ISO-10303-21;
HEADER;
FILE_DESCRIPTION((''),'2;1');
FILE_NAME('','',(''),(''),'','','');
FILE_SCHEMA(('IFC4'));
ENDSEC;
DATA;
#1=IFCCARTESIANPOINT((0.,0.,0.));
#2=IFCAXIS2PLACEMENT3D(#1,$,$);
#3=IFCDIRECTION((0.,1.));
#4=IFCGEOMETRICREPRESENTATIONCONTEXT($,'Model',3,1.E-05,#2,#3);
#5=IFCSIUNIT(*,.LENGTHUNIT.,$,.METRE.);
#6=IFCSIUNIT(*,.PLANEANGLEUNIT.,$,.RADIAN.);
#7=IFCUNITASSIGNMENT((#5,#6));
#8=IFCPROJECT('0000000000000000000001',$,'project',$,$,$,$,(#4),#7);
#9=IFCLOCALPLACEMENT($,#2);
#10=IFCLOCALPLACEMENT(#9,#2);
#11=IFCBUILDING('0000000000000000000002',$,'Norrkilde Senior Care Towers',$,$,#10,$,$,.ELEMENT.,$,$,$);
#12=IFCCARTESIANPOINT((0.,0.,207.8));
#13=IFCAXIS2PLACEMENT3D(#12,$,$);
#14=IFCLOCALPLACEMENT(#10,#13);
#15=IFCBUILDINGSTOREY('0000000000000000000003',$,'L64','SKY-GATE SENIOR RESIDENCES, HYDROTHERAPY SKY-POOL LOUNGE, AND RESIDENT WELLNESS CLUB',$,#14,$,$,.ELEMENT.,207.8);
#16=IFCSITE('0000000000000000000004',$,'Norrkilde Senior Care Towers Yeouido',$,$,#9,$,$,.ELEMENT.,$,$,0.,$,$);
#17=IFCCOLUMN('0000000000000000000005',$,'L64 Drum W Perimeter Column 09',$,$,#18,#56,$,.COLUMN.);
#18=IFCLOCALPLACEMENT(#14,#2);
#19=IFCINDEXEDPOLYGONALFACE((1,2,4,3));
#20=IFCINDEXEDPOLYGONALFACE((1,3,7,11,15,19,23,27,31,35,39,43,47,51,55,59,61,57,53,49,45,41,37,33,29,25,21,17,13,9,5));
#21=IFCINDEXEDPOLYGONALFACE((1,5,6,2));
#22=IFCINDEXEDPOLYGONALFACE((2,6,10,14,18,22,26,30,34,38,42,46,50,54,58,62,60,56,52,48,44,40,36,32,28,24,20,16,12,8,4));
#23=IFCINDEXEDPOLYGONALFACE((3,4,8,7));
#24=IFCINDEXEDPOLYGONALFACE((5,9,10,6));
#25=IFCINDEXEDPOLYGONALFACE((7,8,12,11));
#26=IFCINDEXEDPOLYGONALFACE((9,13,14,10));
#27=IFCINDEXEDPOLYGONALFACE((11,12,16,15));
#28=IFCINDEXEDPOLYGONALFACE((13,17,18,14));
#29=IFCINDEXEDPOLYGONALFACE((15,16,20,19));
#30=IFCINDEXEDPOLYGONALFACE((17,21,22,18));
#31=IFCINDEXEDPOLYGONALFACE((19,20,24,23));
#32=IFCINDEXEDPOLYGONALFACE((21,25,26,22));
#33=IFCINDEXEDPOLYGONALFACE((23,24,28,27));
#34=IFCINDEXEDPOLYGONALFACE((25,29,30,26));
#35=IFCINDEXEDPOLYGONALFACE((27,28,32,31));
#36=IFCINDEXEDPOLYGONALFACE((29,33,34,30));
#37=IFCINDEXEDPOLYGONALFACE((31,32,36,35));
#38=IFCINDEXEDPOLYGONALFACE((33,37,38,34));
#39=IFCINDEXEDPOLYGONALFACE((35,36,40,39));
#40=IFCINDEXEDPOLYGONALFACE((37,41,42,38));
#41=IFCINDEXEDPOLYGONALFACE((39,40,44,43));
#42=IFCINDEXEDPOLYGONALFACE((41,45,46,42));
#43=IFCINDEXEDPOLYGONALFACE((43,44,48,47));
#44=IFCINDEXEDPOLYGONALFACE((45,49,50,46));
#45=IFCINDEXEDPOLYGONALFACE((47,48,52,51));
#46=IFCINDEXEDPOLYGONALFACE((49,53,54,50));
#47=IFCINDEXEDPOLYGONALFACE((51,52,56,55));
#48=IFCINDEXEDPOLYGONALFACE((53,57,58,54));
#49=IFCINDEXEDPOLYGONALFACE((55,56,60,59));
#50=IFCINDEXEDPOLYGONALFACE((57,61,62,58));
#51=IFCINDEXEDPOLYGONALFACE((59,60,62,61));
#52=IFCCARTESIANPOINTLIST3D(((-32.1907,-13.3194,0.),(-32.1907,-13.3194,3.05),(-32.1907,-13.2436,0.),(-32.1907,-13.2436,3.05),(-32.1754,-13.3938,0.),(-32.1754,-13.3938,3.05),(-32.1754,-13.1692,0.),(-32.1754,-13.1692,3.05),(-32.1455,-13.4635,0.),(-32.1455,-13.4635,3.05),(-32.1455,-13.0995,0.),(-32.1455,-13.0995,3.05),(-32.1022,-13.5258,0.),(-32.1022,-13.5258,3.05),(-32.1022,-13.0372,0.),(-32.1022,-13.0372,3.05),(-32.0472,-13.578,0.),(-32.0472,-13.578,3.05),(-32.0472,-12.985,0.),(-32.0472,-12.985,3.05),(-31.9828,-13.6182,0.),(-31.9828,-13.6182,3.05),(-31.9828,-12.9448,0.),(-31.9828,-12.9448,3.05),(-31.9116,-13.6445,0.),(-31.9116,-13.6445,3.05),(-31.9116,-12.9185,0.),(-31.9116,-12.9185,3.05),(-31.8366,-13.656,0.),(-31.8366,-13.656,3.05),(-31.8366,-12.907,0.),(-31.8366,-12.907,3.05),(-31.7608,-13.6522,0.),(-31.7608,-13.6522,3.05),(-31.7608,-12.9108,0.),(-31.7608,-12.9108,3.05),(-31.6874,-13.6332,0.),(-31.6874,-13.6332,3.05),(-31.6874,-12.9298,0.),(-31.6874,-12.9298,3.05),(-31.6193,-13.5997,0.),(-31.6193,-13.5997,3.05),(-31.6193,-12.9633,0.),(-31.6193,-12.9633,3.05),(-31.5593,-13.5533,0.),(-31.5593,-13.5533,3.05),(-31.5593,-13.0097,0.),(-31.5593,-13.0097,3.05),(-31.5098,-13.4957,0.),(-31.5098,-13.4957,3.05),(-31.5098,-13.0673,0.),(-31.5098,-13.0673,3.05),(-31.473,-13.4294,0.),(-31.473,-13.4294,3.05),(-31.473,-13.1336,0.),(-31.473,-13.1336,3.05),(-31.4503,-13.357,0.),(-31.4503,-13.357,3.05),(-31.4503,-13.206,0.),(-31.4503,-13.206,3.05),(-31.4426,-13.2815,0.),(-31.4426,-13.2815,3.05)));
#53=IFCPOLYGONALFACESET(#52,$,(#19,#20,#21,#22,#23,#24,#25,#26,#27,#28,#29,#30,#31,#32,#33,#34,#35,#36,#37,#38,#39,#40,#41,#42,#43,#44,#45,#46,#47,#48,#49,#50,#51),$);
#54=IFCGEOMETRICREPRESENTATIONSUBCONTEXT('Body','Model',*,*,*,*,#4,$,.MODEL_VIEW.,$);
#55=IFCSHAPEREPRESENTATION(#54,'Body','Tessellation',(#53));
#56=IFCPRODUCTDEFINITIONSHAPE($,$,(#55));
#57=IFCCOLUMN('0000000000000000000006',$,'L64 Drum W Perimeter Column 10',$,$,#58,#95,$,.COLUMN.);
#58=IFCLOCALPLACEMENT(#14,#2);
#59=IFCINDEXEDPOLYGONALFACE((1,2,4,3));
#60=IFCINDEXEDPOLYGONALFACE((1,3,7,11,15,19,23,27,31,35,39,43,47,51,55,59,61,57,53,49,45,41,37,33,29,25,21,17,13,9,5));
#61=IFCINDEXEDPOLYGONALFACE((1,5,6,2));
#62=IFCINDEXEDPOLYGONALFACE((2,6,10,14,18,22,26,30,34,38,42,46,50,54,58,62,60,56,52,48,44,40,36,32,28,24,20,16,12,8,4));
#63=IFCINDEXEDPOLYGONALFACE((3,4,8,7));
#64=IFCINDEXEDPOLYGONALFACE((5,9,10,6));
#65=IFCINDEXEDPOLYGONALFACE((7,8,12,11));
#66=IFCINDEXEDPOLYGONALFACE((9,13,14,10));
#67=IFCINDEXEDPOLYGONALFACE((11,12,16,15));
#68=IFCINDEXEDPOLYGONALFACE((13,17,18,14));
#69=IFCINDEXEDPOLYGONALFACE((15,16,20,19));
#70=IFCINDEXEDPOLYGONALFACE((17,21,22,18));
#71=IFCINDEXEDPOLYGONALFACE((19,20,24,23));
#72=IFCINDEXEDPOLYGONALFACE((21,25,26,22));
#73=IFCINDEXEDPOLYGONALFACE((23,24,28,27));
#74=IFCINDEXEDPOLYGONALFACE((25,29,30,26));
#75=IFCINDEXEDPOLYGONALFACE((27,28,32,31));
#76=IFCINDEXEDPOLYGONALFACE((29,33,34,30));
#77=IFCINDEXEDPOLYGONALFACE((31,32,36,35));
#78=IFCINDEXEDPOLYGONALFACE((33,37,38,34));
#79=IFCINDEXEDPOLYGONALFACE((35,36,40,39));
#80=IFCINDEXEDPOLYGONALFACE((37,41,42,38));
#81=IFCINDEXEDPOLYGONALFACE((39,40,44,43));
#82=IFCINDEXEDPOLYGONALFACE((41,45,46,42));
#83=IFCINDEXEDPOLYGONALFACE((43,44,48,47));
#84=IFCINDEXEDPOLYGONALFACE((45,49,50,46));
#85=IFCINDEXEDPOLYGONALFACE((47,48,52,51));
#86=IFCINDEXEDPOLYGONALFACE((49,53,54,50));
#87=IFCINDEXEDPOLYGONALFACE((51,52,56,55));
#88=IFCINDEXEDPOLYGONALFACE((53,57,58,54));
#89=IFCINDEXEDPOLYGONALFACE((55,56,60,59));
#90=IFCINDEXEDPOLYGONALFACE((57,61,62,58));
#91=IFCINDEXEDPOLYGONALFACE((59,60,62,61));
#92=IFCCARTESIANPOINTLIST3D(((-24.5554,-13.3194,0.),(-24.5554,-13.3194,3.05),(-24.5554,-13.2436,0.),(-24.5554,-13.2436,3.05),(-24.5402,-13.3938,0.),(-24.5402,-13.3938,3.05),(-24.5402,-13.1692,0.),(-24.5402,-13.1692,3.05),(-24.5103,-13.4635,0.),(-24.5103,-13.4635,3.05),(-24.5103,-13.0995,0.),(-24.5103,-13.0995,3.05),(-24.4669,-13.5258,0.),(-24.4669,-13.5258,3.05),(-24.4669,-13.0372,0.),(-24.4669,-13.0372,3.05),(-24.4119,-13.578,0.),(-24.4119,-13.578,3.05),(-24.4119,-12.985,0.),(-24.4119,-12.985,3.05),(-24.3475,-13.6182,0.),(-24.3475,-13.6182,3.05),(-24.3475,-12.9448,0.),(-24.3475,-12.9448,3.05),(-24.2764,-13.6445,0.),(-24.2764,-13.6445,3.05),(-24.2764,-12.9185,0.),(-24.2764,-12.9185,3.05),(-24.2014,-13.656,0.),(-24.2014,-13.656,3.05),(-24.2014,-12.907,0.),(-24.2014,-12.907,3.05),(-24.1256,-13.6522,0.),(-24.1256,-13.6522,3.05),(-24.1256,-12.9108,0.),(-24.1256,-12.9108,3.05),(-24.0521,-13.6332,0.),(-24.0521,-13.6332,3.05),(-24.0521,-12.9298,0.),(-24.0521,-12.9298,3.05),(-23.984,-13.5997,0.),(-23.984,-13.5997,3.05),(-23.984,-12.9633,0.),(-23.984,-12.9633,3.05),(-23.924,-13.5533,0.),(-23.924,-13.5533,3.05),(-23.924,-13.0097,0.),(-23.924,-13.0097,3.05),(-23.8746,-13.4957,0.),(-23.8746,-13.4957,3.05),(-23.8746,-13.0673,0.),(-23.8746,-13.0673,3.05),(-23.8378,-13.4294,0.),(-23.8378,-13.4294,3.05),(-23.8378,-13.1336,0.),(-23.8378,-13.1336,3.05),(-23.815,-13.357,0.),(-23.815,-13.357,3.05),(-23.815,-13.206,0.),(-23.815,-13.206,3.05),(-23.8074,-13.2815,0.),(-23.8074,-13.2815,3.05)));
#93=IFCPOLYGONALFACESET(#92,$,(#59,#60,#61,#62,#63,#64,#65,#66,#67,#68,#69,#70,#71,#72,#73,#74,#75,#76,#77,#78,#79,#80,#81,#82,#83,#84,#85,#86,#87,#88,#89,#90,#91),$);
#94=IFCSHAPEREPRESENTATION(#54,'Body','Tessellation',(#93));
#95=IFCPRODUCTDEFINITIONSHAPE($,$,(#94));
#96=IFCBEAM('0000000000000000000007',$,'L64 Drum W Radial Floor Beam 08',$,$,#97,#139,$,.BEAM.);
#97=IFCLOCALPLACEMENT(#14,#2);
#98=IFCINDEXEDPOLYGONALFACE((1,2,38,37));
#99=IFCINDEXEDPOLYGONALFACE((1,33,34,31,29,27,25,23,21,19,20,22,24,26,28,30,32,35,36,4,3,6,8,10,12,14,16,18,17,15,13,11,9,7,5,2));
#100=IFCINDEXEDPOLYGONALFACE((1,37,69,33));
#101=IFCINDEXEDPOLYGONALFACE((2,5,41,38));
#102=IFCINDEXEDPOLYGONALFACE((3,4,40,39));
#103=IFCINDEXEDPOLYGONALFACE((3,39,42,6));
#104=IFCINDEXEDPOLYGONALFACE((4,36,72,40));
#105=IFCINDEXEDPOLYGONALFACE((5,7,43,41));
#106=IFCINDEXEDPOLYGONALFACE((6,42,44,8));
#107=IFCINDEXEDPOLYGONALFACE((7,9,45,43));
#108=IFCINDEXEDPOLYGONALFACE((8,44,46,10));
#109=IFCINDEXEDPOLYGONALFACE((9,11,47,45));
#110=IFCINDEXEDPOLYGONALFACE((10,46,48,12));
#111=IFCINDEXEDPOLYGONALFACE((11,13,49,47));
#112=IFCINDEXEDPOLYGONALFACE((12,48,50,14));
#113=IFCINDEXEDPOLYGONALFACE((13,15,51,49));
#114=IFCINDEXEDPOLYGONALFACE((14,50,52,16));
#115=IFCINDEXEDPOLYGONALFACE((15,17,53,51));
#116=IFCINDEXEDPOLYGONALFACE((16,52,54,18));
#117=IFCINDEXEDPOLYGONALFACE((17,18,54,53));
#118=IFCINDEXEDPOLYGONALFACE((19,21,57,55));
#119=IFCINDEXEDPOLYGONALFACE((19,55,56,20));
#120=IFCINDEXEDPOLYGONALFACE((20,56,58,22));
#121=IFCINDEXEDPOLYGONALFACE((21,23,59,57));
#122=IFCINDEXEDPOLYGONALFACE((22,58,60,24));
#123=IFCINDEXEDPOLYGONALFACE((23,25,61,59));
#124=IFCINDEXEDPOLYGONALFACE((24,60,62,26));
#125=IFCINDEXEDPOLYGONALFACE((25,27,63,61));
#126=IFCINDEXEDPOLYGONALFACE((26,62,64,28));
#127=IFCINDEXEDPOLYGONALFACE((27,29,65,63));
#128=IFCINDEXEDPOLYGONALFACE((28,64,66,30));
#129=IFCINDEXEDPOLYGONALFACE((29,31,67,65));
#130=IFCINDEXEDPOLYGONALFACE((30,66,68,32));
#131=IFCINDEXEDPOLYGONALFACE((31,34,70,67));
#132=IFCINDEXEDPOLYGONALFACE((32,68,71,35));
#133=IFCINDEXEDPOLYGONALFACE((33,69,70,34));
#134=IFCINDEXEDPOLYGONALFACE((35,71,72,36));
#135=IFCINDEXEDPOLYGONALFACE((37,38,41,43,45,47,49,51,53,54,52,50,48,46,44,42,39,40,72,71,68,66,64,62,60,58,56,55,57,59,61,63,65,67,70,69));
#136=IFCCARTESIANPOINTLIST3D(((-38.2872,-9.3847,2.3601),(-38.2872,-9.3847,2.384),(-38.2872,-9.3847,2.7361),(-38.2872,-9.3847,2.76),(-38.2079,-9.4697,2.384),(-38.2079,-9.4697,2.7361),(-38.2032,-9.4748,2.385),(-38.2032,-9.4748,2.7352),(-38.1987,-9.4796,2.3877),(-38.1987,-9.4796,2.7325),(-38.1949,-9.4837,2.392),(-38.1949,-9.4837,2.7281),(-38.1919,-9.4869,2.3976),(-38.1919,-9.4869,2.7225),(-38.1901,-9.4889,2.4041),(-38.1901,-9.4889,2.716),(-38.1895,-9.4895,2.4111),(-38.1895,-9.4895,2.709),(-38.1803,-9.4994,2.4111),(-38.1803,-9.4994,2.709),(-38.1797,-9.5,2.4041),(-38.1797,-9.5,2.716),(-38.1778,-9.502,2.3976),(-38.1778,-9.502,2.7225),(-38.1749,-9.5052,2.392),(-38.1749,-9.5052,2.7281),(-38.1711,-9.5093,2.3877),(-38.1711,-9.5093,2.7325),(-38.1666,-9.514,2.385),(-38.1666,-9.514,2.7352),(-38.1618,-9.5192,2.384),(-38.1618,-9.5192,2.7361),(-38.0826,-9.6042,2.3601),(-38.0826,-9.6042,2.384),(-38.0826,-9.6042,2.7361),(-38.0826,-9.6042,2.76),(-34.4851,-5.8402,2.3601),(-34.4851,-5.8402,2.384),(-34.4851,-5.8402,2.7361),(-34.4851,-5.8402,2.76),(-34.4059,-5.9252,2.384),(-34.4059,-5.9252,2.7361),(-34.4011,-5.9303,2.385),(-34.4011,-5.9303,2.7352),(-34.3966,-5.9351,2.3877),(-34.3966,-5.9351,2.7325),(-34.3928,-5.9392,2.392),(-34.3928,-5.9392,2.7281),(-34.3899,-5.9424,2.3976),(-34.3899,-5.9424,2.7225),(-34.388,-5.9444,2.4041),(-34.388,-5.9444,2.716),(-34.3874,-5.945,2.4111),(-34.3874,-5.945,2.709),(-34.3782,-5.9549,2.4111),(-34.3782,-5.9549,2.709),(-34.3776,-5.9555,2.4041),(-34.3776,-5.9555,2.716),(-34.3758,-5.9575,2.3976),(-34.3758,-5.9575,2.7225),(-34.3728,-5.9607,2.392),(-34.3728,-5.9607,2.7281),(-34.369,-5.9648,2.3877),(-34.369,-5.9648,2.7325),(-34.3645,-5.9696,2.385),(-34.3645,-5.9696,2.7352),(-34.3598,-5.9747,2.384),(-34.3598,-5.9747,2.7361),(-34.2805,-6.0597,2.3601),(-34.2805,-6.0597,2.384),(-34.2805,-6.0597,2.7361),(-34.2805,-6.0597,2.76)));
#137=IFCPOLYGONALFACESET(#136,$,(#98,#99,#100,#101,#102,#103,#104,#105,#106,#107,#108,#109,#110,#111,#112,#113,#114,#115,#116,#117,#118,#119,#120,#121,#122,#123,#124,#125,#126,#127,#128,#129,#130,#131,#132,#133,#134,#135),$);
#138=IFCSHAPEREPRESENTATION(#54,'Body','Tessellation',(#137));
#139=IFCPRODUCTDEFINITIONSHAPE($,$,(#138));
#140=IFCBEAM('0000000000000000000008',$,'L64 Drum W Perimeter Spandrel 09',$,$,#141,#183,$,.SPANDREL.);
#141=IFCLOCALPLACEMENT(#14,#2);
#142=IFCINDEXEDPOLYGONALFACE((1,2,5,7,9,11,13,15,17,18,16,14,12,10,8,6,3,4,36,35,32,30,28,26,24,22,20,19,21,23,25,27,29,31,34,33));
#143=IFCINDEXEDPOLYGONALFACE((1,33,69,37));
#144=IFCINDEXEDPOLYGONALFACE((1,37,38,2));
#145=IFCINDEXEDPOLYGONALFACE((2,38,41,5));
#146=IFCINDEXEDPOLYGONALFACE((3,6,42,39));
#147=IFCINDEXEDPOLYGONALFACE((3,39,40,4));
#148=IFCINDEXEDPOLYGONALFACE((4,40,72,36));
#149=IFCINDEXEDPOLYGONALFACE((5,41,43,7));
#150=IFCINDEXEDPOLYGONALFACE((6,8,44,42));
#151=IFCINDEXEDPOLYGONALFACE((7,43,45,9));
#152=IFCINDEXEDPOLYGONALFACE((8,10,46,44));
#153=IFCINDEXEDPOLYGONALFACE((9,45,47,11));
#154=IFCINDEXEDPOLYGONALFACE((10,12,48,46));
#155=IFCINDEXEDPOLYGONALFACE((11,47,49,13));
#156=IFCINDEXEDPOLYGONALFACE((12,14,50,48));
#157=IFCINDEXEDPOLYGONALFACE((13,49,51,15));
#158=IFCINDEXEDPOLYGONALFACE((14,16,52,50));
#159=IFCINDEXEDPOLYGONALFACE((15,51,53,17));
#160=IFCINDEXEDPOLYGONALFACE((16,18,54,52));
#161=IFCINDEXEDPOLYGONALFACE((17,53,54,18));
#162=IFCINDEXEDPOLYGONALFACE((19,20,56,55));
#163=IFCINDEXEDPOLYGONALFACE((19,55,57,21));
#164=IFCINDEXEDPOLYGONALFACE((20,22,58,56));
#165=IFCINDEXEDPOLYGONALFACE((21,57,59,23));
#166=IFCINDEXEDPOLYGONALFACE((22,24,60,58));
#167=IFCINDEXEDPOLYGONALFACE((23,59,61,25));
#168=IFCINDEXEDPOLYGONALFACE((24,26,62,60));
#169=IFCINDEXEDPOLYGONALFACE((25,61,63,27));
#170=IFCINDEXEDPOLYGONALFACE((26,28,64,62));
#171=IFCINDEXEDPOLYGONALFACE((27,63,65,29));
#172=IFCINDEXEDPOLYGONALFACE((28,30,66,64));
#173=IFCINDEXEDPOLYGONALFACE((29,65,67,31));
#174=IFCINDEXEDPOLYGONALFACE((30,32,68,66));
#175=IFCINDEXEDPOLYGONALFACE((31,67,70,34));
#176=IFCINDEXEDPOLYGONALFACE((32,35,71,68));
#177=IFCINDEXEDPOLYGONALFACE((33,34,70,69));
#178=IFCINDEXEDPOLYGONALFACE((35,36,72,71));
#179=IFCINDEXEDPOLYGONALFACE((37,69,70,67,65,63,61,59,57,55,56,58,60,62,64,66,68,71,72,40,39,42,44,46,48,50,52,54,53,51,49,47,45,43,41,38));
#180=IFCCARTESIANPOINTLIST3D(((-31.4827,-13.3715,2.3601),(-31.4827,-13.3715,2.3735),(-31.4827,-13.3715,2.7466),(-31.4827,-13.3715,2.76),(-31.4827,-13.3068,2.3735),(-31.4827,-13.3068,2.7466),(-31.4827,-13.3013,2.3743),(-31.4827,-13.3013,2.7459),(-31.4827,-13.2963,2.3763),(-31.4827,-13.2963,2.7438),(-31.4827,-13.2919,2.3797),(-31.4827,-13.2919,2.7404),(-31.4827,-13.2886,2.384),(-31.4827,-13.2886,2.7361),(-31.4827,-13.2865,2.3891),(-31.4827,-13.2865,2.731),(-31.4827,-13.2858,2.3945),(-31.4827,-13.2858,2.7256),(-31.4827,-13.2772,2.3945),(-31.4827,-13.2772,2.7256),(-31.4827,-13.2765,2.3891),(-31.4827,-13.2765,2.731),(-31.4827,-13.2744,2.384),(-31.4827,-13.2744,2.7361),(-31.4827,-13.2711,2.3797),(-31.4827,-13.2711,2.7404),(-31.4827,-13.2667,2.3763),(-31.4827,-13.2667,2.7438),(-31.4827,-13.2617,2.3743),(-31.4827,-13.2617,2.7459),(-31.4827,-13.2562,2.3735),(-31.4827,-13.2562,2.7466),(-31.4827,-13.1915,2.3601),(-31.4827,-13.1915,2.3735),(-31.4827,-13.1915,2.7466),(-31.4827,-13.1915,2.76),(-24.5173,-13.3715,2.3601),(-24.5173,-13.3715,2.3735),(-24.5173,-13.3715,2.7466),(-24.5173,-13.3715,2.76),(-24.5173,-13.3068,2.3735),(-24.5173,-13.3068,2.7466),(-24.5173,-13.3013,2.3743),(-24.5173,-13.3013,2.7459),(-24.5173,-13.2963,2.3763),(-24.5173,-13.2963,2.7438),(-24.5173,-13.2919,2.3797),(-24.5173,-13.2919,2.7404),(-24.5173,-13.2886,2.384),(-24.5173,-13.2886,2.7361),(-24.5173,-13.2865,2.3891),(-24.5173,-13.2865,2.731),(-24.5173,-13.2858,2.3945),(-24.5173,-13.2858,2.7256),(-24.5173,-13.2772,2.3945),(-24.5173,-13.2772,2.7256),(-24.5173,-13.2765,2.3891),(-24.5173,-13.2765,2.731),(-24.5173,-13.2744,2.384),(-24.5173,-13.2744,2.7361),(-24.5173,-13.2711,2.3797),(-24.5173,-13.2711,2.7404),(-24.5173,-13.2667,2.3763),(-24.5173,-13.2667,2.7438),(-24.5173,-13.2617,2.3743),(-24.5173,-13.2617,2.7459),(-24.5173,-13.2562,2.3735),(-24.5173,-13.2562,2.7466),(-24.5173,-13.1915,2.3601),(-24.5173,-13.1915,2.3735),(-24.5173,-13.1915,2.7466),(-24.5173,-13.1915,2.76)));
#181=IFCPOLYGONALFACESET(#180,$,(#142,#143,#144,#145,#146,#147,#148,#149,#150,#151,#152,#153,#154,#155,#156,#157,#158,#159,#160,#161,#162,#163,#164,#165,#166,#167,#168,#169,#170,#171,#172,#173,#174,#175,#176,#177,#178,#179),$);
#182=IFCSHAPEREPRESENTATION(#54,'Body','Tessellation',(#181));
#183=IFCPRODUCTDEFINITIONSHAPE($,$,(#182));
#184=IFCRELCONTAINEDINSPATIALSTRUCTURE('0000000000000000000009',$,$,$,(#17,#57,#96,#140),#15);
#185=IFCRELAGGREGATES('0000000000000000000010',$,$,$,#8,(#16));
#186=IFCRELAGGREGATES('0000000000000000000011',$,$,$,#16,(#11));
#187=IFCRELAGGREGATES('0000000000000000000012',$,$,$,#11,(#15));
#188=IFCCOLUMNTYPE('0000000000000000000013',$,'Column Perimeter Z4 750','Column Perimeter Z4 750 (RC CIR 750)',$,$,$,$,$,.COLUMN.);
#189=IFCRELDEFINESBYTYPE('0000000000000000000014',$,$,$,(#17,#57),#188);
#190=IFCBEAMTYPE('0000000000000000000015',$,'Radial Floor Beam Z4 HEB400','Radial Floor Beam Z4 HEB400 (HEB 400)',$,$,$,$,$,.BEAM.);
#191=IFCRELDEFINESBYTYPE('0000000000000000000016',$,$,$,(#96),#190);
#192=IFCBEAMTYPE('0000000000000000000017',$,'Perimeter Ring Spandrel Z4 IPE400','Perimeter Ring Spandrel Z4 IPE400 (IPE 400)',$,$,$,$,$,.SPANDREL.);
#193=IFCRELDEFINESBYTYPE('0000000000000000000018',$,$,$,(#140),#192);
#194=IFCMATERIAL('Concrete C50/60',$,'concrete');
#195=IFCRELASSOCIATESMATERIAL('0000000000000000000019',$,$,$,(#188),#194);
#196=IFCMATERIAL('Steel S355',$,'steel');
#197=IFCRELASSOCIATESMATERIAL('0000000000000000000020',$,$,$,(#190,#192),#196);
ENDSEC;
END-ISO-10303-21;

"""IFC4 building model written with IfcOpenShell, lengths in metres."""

from ifc_helpers import new_model, si_unit, direction, frame, origin, origin_2d, place, context, subcontext, project, spatial, circle, i_section, extrude, source, transform, mapped, material, material_profile, profile_set, type_object, type_shapes, element, save


model = new_model("IFC4")

# Units and contexts
model_context = context("Model", 3, precision=1e-05, world=origin(), true_north=direction((0.0, 1.0)))
body_context = subcontext(model_context, "Body", "Model", "MODEL_VIEW")
ifc_project = project(units=[si_unit("LENGTHUNIT", "METRE"), si_unit("PLANEANGLEUNIT", "RADIAN")], contexts=[model_context])

# Site, building, storey
site_placement = place(None, origin())
site = spatial("IfcSite", under=ifc_project, at=site_placement, Name="Norrkilde Senior Care Towers Yeouido", CompositionType="ELEMENT", RefElevation=0.0)
building_placement = place(site_placement, origin())
building = spatial("IfcBuilding", under=site, at=building_placement, Name="Norrkilde Senior Care Towers", CompositionType="ELEMENT")
storey_placement = place(building_placement, frame((0.0, 0.0, 207.8)))
storey = spatial("IfcBuildingStorey", under=building, at=storey_placement, Name="L64", Description="SKY-GATE SENIOR RESIDENCES, HYDROTHERAPY SKY-POOL LOUNGE, AND RESIDENT WELLNESS CLUB", CompositionType="ELEMENT", Elevation=207.8)

# Columns
ifc_material_1 = material(Name="Concrete C50/60", Category="concrete")
ifc_material_profile_1 = material_profile(ifc_material_1, circle(Radius=0.375, at=origin_2d()), Name="RC CIR 750")
ifc_profile_set_1 = profile_set([ifc_material_profile_1], Name="Concrete C50/60")
column_type = type_object("IfcColumnType", Name="Column Perimeter Z4 750", Description="Column Perimeter Z4 750 (RC CIR 750)", PredefinedType="COLUMN", material=ifc_profile_set_1)
shared_shape_1 = source(origin(), body_context, "Body", "SweptSolid", [
    extrude(circle(Radius=0.375, at=origin_2d()), origin(), (0.0, 0.0, 1.0), 3.05),
])
type_shapes(column_type, [shared_shape_1])
for number, where, z_axis, x_axis, name in (
    (1, (-31.8176, -13.2815, 0.0), (0.0, 0.0, 1.0), (1.0, 0.0, 0.0), "L64 Drum W Perimeter Column 09"),
    (2, (-24.1824, -13.2815, 0.0), (0.0, 0.0, 1.0), (1.0, 0.0, 0.0), "L64 Drum W Perimeter Column 10"),
):
    element("IfcColumn", number, at=place(storey_placement, frame(where, z_axis=z_axis, x_axis=x_axis)), inside=storey, type_object=column_type, Name=name, PredefinedType="COLUMN", context=body_context, shape_type="MappedRepresentation", body=[
        mapped(shared_shape_1, transform((0.0, 0.0, 0.0), x_axis=(1.0, 0.0, 0.0), y_axis=(0.0, 1.0, 0.0), z_axis=(0.0, 0.0, 1.0), scale=1.0)),
    ])

# Beams
ifc_material_2 = material(Name="Steel S355", Category="steel")
ifc_material_profile_2 = material_profile(ifc_material_2, i_section(OverallWidth=0.3, OverallDepth=0.3999, WebThickness=0.0134, FlangeThickness=0.0239, FilletRadius=0.0271, at=origin_2d()), Name="HEB 400")
ifc_profile_set_2 = profile_set([ifc_material_profile_2], Name="Steel S355")
beam_type_1 = type_object("IfcBeamType", Name="Radial Floor Beam Z4 HEB400", Description="Radial Floor Beam Z4 HEB400 (HEB 400)", PredefinedType="BEAM", material=ifc_profile_set_2)
shared_shape_2 = source(origin(), body_context, "Body", "SweptSolid", [
    extrude(i_section(OverallWidth=0.3, OverallDepth=0.3999, WebThickness=0.0134, FlangeThickness=0.0239, FilletRadius=0.0271, at=origin_2d()), origin(), (0.0, 0.0, 1.0), 5.198),
])
beam_1_placement = place(storey_placement, frame((-34.3828, -5.95, 2.5601), z_axis=(-0.731449, -0.681896, 0.0), x_axis=(0.681896, -0.731449, 0.0)))
element("IfcBeam", 3, at=beam_1_placement, inside=storey, type_object=beam_type_1, Name="L64 Drum W Radial Floor Beam 08", PredefinedType="BEAM", context=body_context, shape_type="MappedRepresentation", body=[
    mapped(shared_shape_2, transform((0.0, 0.0, 0.0), x_axis=(1.0, 0.0, 0.0), y_axis=(0.0, 1.0, 0.0), z_axis=(0.0, 0.0, 1.0), scale=1.0)),
])
ifc_material_profile_3 = material_profile(ifc_material_2, i_section(OverallWidth=0.1799, OverallDepth=0.3999, WebThickness=0.0085, FlangeThickness=0.0134, FilletRadius=0.021, at=origin_2d()), Name="IPE 400")
ifc_profile_set_3 = profile_set([ifc_material_profile_3], Name="Steel S355")
beam_type_2 = type_object("IfcBeamType", Name="Perimeter Ring Spandrel Z4 IPE400", Description="Perimeter Ring Spandrel Z4 IPE400 (IPE 400)", PredefinedType="SPANDREL", material=ifc_profile_set_3)
shared_shape_3 = source(origin(), body_context, "Body", "SweptSolid", [
    extrude(i_section(OverallWidth=0.1799, OverallDepth=0.3999, WebThickness=0.0085, FlangeThickness=0.0134, FilletRadius=0.021, at=origin_2d()), origin(), (0.0, 0.0, 1.0), 6.9653),
])
type_shapes(beam_type_2, [shared_shape_3])
beam_2_placement = place(storey_placement, frame((-31.4827, -13.2815, 2.5601), z_axis=(1.0, 0.0, 0.0), x_axis=(0.0, 1.0, 0.0)))
element("IfcBeam", 4, at=beam_2_placement, inside=storey, type_object=beam_type_2, Name="L64 Drum W Perimeter Spandrel 09", PredefinedType="SPANDREL", context=body_context, shape_type="MappedRepresentation", body=[
    mapped(shared_shape_3, transform((0.0, 0.0, 0.0), x_axis=(1.0, 0.0, 0.0), y_axis=(0.0, 1.0, 0.0), z_axis=(0.0, 0.0, 1.0), scale=1.0)),
])

save(model, "model.ifc")
